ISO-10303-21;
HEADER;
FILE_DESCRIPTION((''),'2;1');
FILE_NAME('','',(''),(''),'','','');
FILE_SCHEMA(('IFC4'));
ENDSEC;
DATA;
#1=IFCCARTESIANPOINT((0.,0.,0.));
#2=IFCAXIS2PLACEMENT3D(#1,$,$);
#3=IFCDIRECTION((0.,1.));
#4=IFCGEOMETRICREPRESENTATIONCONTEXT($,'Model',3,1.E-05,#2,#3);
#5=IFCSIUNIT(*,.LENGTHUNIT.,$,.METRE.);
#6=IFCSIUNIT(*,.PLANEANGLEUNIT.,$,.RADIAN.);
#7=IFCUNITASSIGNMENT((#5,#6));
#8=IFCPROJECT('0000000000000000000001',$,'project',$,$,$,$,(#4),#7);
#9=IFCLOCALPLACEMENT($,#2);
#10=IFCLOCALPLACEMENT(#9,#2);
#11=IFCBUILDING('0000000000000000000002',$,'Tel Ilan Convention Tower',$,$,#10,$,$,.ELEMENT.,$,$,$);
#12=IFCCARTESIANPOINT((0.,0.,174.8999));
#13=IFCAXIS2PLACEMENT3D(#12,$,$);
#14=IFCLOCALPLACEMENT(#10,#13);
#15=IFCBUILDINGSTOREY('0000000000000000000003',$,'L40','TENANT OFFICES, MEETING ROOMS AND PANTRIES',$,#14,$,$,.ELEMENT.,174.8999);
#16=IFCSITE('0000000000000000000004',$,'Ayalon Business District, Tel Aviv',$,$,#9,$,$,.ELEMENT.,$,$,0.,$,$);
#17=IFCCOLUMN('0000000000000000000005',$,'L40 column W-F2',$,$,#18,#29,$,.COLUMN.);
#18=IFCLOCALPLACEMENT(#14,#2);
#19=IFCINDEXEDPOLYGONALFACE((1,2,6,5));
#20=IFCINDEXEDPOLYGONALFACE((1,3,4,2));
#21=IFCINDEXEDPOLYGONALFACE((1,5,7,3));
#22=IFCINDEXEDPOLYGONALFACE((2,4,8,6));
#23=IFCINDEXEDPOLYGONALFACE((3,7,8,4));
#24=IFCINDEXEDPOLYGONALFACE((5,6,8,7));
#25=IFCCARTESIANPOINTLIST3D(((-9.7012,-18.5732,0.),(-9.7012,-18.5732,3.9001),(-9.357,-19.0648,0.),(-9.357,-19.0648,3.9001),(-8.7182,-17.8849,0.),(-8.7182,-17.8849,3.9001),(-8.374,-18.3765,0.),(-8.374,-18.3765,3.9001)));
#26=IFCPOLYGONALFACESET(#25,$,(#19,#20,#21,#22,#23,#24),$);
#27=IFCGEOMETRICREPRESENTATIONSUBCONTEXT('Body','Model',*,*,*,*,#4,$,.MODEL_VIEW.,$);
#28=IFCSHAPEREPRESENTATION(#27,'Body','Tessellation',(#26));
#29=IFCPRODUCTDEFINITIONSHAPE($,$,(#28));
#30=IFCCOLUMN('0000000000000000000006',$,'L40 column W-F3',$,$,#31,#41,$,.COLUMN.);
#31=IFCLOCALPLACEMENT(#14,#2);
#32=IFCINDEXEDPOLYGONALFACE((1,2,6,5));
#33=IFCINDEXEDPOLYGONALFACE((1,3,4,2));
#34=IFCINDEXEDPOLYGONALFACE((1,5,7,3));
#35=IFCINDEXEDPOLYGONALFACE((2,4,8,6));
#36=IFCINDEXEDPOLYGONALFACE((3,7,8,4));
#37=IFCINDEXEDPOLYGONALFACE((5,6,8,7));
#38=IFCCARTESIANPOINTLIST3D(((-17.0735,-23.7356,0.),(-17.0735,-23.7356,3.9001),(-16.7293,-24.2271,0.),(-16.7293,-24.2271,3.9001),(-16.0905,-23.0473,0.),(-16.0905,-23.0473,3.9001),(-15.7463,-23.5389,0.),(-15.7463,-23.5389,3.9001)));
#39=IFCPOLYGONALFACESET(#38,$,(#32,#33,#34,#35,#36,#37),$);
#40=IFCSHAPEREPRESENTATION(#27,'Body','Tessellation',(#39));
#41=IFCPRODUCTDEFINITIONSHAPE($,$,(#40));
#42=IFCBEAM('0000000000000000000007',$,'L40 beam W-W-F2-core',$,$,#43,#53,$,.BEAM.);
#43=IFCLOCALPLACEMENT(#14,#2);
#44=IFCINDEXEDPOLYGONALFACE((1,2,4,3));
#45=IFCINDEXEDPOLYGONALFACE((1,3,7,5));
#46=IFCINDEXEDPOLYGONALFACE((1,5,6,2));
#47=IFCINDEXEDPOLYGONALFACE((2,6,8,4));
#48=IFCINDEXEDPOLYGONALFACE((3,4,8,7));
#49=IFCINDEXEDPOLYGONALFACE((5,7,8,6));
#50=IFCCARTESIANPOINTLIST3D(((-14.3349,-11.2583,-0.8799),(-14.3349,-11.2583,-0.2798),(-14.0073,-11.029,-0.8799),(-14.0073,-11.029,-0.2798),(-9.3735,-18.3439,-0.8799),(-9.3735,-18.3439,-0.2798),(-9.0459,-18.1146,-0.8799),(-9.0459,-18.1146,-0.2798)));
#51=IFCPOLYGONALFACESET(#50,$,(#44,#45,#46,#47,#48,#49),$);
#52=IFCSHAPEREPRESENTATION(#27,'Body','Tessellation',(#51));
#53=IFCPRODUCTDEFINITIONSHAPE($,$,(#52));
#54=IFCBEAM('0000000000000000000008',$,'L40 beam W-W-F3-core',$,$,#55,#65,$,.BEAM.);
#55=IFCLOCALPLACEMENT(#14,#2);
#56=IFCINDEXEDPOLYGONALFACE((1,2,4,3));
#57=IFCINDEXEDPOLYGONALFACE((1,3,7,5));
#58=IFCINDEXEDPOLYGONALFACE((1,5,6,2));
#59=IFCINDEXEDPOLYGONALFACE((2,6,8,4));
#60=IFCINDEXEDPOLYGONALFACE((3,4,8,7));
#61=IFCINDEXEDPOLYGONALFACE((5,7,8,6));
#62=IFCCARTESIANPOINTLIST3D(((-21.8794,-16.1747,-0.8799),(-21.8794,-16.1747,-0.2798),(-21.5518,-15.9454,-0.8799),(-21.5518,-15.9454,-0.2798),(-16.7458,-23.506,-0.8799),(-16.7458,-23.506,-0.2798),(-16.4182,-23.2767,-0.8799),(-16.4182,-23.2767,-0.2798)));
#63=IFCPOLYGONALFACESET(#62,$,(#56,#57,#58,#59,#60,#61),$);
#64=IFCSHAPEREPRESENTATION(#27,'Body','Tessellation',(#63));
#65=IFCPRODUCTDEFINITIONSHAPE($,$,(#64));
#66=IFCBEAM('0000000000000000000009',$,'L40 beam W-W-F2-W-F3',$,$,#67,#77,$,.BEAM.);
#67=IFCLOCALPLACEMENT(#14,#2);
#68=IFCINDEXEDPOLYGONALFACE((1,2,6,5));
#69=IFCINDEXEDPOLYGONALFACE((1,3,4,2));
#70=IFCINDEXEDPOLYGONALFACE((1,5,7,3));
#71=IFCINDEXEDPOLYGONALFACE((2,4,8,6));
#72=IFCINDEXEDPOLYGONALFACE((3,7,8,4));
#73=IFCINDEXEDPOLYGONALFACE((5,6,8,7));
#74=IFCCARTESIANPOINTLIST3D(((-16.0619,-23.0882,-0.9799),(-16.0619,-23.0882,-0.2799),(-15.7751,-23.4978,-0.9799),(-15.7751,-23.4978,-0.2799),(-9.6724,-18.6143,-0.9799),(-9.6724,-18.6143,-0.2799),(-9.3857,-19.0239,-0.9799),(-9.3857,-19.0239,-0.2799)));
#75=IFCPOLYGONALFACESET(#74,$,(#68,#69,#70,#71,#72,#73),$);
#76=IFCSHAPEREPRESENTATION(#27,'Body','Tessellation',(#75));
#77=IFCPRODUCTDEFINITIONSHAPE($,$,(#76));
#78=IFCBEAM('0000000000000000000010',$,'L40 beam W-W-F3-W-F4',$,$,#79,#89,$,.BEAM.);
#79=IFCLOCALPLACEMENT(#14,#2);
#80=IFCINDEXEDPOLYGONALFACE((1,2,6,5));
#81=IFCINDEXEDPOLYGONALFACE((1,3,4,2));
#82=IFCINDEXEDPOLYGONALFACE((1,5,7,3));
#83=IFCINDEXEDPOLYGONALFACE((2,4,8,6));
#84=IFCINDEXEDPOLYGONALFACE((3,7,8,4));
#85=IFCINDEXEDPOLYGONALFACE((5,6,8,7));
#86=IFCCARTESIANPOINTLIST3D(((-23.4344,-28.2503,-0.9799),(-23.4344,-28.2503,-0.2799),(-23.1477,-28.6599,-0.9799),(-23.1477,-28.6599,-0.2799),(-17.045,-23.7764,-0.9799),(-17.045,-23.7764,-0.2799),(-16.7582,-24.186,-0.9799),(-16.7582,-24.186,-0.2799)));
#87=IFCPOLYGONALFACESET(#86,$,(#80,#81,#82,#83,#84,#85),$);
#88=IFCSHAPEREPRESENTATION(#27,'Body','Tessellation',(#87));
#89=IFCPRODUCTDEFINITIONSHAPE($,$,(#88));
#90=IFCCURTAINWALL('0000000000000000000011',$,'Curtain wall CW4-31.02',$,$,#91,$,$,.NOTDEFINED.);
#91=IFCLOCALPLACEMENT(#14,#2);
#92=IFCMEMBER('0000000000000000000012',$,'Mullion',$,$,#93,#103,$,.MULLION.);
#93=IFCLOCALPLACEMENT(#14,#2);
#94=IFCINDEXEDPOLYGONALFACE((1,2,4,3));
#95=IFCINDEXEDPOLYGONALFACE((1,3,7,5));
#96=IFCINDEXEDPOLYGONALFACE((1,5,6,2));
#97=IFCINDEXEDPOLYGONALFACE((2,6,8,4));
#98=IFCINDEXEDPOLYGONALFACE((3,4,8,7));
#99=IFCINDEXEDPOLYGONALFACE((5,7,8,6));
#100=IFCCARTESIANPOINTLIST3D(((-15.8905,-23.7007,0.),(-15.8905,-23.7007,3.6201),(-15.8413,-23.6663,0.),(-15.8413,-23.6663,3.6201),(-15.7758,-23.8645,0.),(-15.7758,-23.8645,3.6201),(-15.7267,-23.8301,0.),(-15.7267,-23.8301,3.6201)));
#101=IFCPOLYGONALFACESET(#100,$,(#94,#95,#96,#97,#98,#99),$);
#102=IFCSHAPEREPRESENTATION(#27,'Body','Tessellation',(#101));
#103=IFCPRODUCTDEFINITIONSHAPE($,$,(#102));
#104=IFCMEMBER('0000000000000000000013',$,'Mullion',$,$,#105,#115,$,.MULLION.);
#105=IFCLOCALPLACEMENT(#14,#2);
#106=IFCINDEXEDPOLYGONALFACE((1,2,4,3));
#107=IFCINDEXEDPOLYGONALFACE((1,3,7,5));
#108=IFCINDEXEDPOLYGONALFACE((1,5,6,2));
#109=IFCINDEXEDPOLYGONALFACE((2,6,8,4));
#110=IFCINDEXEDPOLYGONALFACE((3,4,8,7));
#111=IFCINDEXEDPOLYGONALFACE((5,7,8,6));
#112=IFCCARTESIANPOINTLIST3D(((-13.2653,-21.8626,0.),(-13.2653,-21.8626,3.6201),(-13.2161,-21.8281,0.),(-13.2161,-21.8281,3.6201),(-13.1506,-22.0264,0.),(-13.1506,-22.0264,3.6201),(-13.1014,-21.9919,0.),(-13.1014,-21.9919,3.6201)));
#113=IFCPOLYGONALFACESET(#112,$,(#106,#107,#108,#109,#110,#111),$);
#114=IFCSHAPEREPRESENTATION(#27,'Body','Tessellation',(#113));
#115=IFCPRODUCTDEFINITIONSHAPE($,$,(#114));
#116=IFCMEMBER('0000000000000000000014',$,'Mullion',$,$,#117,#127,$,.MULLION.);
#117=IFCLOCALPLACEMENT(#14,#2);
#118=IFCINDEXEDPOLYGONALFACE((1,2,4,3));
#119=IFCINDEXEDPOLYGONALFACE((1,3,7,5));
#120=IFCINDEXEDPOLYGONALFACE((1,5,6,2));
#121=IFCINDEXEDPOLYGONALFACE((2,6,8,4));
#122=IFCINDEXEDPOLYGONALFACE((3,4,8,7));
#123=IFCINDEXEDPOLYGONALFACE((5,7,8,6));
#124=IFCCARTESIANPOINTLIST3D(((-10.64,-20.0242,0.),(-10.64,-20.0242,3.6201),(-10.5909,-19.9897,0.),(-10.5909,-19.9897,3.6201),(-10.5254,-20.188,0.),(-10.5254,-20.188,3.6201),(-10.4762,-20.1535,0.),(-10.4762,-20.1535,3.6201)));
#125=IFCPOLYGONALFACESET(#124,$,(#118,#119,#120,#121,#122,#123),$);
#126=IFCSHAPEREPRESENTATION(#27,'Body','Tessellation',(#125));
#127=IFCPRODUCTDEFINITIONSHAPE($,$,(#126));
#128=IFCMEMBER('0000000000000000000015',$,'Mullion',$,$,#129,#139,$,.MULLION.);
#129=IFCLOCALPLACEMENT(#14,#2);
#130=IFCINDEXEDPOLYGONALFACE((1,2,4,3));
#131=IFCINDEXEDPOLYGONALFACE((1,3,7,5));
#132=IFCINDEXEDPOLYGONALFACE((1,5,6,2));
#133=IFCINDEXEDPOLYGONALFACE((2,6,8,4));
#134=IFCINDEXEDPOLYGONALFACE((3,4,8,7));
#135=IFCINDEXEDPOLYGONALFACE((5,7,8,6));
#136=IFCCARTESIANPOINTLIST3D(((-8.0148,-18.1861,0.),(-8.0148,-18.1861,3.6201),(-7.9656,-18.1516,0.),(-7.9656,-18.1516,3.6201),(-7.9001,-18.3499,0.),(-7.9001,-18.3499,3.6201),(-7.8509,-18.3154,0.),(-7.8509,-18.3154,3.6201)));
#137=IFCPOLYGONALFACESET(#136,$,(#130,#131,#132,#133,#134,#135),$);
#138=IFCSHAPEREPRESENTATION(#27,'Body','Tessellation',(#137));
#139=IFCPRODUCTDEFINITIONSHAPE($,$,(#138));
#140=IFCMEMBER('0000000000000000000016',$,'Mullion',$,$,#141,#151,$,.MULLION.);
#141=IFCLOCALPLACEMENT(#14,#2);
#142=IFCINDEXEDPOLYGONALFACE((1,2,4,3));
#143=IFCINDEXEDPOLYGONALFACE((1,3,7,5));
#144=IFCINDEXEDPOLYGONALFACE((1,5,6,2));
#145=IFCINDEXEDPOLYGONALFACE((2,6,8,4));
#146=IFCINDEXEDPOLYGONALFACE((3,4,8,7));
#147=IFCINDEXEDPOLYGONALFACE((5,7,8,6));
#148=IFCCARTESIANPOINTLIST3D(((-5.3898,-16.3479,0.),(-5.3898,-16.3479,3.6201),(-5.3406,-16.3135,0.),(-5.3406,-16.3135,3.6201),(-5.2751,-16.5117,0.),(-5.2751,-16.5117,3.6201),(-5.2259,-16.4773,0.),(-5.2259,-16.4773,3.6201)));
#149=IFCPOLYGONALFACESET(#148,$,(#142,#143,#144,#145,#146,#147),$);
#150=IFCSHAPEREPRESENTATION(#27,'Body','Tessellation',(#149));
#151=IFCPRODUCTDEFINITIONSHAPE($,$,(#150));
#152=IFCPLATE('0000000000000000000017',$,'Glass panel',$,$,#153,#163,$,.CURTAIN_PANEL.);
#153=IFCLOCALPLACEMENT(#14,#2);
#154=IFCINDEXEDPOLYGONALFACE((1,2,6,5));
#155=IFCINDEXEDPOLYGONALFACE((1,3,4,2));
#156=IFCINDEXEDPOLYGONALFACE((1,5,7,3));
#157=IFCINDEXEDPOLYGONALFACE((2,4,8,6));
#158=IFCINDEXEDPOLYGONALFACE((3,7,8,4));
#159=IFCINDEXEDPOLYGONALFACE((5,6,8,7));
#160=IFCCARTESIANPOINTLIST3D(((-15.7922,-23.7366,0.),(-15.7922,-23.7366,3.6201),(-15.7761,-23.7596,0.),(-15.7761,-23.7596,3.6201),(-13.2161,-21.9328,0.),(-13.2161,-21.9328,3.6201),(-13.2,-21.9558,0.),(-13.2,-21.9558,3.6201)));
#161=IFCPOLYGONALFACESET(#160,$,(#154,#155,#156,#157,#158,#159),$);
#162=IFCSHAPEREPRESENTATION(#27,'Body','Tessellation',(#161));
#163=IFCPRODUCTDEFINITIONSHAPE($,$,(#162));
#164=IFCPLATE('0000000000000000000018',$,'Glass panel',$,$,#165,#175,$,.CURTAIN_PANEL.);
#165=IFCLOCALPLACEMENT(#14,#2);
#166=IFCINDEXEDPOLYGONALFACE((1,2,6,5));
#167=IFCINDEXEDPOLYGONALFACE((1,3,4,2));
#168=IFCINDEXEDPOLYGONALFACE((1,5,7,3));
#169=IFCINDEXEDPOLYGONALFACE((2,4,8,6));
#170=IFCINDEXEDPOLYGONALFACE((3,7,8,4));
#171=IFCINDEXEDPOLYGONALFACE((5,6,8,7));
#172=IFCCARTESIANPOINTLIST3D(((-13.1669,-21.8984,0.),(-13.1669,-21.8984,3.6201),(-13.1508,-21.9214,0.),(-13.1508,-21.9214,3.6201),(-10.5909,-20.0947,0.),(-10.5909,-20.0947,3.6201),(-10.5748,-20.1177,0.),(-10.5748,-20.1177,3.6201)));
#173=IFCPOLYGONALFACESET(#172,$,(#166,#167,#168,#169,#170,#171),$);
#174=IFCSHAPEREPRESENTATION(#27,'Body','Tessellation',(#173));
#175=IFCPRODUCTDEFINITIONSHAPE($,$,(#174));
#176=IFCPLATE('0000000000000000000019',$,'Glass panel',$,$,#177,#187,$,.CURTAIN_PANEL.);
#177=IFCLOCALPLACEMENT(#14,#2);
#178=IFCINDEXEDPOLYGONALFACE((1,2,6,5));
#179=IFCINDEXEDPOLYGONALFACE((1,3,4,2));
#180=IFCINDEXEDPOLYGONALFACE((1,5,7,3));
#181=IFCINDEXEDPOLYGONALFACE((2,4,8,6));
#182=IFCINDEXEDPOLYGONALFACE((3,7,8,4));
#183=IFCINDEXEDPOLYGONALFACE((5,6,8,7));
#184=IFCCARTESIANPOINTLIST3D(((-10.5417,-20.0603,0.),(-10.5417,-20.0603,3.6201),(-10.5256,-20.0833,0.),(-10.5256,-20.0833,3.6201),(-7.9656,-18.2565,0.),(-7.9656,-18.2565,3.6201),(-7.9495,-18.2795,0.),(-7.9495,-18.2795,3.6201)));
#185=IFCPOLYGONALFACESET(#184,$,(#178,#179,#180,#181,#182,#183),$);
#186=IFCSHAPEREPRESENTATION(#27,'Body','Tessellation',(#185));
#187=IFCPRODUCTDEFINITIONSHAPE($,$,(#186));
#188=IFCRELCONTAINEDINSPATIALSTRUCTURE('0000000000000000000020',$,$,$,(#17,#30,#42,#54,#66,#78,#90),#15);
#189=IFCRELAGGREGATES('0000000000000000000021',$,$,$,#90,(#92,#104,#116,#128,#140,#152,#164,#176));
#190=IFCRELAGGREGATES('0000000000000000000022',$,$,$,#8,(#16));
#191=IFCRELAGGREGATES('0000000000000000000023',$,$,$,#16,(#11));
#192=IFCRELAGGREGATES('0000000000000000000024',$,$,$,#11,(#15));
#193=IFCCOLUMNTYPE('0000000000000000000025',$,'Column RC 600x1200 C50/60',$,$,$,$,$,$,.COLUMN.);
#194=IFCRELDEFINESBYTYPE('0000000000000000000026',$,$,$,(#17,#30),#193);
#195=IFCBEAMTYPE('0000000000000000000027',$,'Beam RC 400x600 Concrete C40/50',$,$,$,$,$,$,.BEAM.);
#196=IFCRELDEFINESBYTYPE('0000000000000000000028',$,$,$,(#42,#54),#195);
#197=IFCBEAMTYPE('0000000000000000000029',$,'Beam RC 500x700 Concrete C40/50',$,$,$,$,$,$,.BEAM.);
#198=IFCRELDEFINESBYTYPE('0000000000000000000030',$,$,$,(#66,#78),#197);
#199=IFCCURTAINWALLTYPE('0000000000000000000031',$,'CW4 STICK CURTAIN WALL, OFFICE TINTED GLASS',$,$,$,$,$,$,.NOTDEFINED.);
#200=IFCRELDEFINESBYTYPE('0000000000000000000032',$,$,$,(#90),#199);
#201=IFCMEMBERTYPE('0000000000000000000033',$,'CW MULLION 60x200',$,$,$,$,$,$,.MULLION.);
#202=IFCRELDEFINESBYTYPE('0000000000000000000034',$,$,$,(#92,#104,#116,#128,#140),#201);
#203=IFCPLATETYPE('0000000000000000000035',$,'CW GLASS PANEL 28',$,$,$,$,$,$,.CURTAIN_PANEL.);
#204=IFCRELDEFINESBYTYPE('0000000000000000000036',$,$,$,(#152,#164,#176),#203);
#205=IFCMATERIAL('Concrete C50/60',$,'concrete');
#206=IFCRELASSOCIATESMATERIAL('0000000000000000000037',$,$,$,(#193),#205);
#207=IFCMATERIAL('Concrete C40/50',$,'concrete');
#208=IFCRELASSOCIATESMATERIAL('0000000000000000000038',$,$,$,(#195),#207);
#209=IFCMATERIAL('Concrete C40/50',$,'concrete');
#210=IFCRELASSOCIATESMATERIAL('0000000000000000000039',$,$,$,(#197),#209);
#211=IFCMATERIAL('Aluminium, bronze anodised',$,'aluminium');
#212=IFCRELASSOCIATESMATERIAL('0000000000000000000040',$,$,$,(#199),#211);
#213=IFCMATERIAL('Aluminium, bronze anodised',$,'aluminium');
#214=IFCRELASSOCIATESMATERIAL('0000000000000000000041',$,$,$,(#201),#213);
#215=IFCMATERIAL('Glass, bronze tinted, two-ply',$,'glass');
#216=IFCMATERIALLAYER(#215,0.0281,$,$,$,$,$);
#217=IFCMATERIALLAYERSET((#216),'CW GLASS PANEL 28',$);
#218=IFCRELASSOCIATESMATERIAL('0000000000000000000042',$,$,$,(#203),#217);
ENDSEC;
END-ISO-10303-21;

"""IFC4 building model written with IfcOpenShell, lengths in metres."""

from ifc_helpers import new_model, si_unit, direction, frame, origin, origin_2d, place, context, subcontext, project, spatial, rectangle, extrude, material, layer, layer_set, material_profile, profile_set, type_object, element, aggregate, save


model = new_model("IFC4")

# Units and contexts
model_context = context("Model", 3, precision=1e-05, world=origin(), true_north=direction((0.0, 1.0)))
body_context = subcontext(model_context, "Body", "Model", "MODEL_VIEW")
ifc_project = project(units=[si_unit("LENGTHUNIT", "METRE"), si_unit("PLANEANGLEUNIT", "RADIAN")], contexts=[model_context])

# Site, building, storey
site_placement = place(None, origin())
site = spatial("IfcSite", under=ifc_project, at=site_placement, Name="Ayalon Business District, Tel Aviv", CompositionType="ELEMENT", RefElevation=0.0)
building_placement = place(site_placement, origin())
building = spatial("IfcBuilding", under=site, at=building_placement, Name="Tel Ilan Convention Tower", CompositionType="ELEMENT")
storey_placement = place(building_placement, frame((0.0, 0.0, 174.8999)))
storey = spatial("IfcBuildingStorey", under=building, at=storey_placement, Name="L40", Description="TENANT OFFICES, MEETING ROOMS AND PANTRIES", CompositionType="ELEMENT", Elevation=174.8999)

# Columns
ifc_material_1 = material(Name="Concrete C50/60", Category="concrete")
ifc_material_profile_1 = material_profile(ifc_material_1, rectangle(XDim=1.2, YDim=0.6001, at=origin_2d()), Name="RC 600x1200")
ifc_profile_set_1 = profile_set([ifc_material_profile_1], Name="Concrete C50/60")
column_type = type_object("IfcColumnType", Name="Column RC 600x1200 C50/60", PredefinedType="COLUMN", material=ifc_profile_set_1)
for number, where, z_axis, x_axis, name in (
    (1, (-9.0376, -18.4749, 0.0), (0.0, 0.0, 1.0), (-0.819152, -0.573576, 0.0), "L40 column W-F2"),
    (2, (-16.4099, -23.6372, 0.0), (0.0, 0.0, 1.0), (-0.819152, -0.573576, 0.0), "L40 column W-F3"),
):
    element("IfcColumn", number, at=place(storey_placement, frame(where, z_axis=z_axis, x_axis=x_axis)), inside=storey, type_object=column_type, Name=name, PredefinedType="COLUMN", context=body_context, shape_type="SweptSolid", body=[
        extrude(rectangle(XDim=1.2, YDim=0.6001, at=origin_2d()), origin(), (0.0, 0.0, 1.0), 3.9001),
    ])

# Beams
ifc_material_2 = material(Name="Concrete C40/50", Category="concrete")
ifc_material_profile_2 = material_profile(ifc_material_2, rectangle(XDim=0.3999, YDim=0.6001, at=origin_2d()), Name="RC 400x600")
ifc_profile_set_2 = profile_set([ifc_material_profile_2], Name="Concrete C40/50")
beam_type_1 = type_object("IfcBeamType", Name="Beam RC 400x600 Concrete C40/50", PredefinedType="BEAM", material=ifc_profile_set_2)
beam_1_placement = place(storey_placement, frame((-9.2097, -18.2292, -0.5798), z_axis=(-0.573574, 0.819154, 0.0), x_axis=(-0.819154, -0.573574, 0.0)))
element("IfcBeam", 3, at=beam_1_placement, inside=storey, type_object=beam_type_1, Name="L40 beam W-W-F2-core", PredefinedType="BEAM", context=body_context, shape_type="SweptSolid", body=[
    extrude(rectangle(XDim=0.3999, YDim=0.6001, at=origin_2d()), origin(), (0.0, 0.0, 1.0), 8.6499),
])
beam_2_placement = place(storey_placement, frame((-16.582, -23.3914, -0.5798), z_axis=(-0.573585, 0.819146, 0.0), x_axis=(-0.819146, -0.573585, 0.0)))
element("IfcBeam", 4, at=beam_2_placement, inside=storey, type_object=beam_type_1, Name="L40 beam W-W-F3-core", PredefinedType="BEAM", context=body_context, shape_type="SweptSolid", body=[
    extrude(rectangle(XDim=0.3999, YDim=0.6001, at=origin_2d()), origin(), (0.0, 0.0, 1.0), 8.95),
])
ifc_material_3 = material(Name="Concrete C40/50", Category="concrete")
ifc_material_profile_3 = material_profile(ifc_material_3, rectangle(XDim=0.5, YDim=0.7, at=origin_2d()), Name="RC 500x700")
ifc_profile_set_3 = profile_set([ifc_material_profile_3], Name="Concrete C40/50")
beam_type_2 = type_object("IfcBeamType", Name="Beam RC 500x700 Concrete C40/50", PredefinedType="BEAM", material=ifc_profile_set_3)
for number, where, z_axis, x_axis, name in (
    (5, (-9.5291, -18.8191, -0.6299), (-0.819154, -0.573574, 0.0), (0.573574, -0.819154, 0.0), "L40 beam W-W-F2-W-F3"),
    (6, (-16.9016, -23.9812, -0.6299), (-0.819154, -0.573574, 0.0), (0.573574, -0.819154, 0.0), "L40 beam W-W-F3-W-F4"),
):
    element("IfcBeam", number, at=place(storey_placement, frame(where, z_axis=z_axis, x_axis=x_axis)), inside=storey, type_object=beam_type_2, Name=name, PredefinedType="BEAM", context=body_context, shape_type="SweptSolid", body=[
        extrude(rectangle(XDim=0.5, YDim=0.7, at=origin_2d()), origin(), (0.0, 0.0, 1.0), 7.8),
    ])

# Curtain wall, members, plates
ifc_material_4 = material(Name="Aluminium, bronze anodised", Category="aluminium")
curtain_wall_type = type_object("IfcCurtainWallType", Name="CW4 STICK CURTAIN WALL, OFFICE TINTED GLASS", PredefinedType="NOTDEFINED", material=ifc_material_4)
curtain_wall_placement = place(storey_placement, origin())
curtain_wall = element("IfcCurtainWall", 7, at=curtain_wall_placement, inside=storey, type_object=curtain_wall_type, Name="Curtain wall CW4-31.02", PredefinedType="NOTDEFINED")
ifc_material_5 = material(Name="Aluminium, bronze anodised", Category="aluminium")
ifc_material_profile_4 = material_profile(ifc_material_5, rectangle(XDim=0.0601, YDim=0.2, at=origin_2d()), Name="CW MULLION 60x200")
ifc_profile_set_4 = profile_set([ifc_material_profile_4], Name="Aluminium, bronze anodised")
member_type = type_object("IfcMemberType", Name="CW MULLION 60x200", PredefinedType="MULLION", material=ifc_profile_set_4)
member_1_placement = place(storey_placement, frame((-15.8086, -23.7654, 0.0), z_axis=(0.0, 0.0, 1.0), x_axis=(0.819152, 0.573576, 0.0)))
member_1 = element("IfcMember", 8, at=member_1_placement, type_object=member_type, Name="Mullion", PredefinedType="MULLION", context=body_context, shape_type="SweptSolid", body=[
    extrude(rectangle(XDim=0.0601, YDim=0.2, at=origin_2d()), origin(), (0.0, 0.0, 1.0), 3.6201),
])
member_2_placement = place(storey_placement, frame((-13.1833, -21.9272, 0.0), z_axis=(0.0, 0.0, 1.0), x_axis=(0.819152, 0.573576, 0.0)))
member_2 = element("IfcMember", 9, at=member_2_placement, type_object=member_type, Name="Mullion", PredefinedType="MULLION", context=body_context, shape_type="SweptSolid", body=[
    extrude(rectangle(XDim=0.0601, YDim=0.2, at=origin_2d()), origin(), (0.0, 0.0, 1.0), 3.6201),
])
member_3_placement = place(storey_placement, frame((-10.5581, -20.0889, 0.0), z_axis=(0.0, 0.0, 1.0), x_axis=(0.819152, 0.573576, 0.0)))
member_3 = element("IfcMember", 10, at=member_3_placement, type_object=member_type, Name="Mullion", PredefinedType="MULLION", context=body_context, shape_type="SweptSolid", body=[
    extrude(rectangle(XDim=0.0601, YDim=0.2, at=origin_2d()), origin(), (0.0, 0.0, 1.0), 3.6201),
])
member_4_placement = place(storey_placement, frame((-7.9329, -18.2507, 0.0), z_axis=(0.0, 0.0, 1.0), x_axis=(0.819152, 0.573576, 0.0)))
member_4 = element("IfcMember", 11, at=member_4_placement, type_object=member_type, Name="Mullion", PredefinedType="MULLION", context=body_context, shape_type="SweptSolid", body=[
    extrude(rectangle(XDim=0.0601, YDim=0.2, at=origin_2d()), origin(), (0.0, 0.0, 1.0), 3.6201),
])
member_5_placement = place(storey_placement, frame((-5.3079, -16.4126, 0.0), z_axis=(0.0, 0.0, 1.0), x_axis=(0.819152, 0.573576, 0.0)))
member_5 = element("IfcMember", 12, at=member_5_placement, type_object=member_type, Name="Mullion", PredefinedType="MULLION", context=body_context, shape_type="SweptSolid", body=[
    extrude(rectangle(XDim=0.0601, YDim=0.2, at=origin_2d()), origin(), (0.0, 0.0, 1.0), 3.6201),
])
ifc_material_6 = material(Name="Glass, bronze tinted, two-ply", Category="glass")
ifc_layer_1 = layer(ifc_material_6, 0.0281)
ifc_layer_set_1 = layer_set([ifc_layer_1], Name="CW GLASS PANEL 28")
plate_type = type_object("IfcPlateType", Name="CW GLASS PANEL 28", PredefinedType="CURTAIN_PANEL", material=ifc_layer_set_1)
plate_1_placement = place(storey_placement, frame((-14.4961, -22.8462, 0.0), z_axis=(0.0, 0.0, 1.0), x_axis=(0.819152, 0.573576, 0.0)))
plate_1 = element("IfcPlate", 13, at=plate_1_placement, type_object=plate_type, Name="Glass panel", PredefinedType="CURTAIN_PANEL", context=body_context, shape_type="SweptSolid", body=[
    extrude(rectangle(XDim=3.1448, YDim=0.0281, at=origin_2d()), origin(), (0.0, 0.0, 1.0), 3.6201),
])
plate_2_placement = place(storey_placement, frame((-11.8708, -21.0081, 0.0), z_axis=(0.0, 0.0, 1.0), x_axis=(0.819152, 0.573576, 0.0)))
plate_2 = element("IfcPlate", 14, at=plate_2_placement, type_object=plate_type, Name="Glass panel", PredefinedType="CURTAIN_PANEL", context=body_context, shape_type="SweptSolid", body=[
    extrude(rectangle(XDim=3.1448, YDim=0.0281, at=origin_2d()), origin(), (0.0, 0.0, 1.0), 3.6201),
])
plate_3_placement = place(storey_placement, frame((-9.2456, -19.1699, 0.0), z_axis=(0.0, 0.0, 1.0), x_axis=(0.819152, 0.573576, 0.0)))
plate_3 = element("IfcPlate", 15, at=plate_3_placement, type_object=plate_type, Name="Glass panel", PredefinedType="CURTAIN_PANEL", context=body_context, shape_type="SweptSolid", body=[
    extrude(rectangle(XDim=3.1448, YDim=0.0281, at=origin_2d()), origin(), (0.0, 0.0, 1.0), 3.6201),
])
aggregate(curtain_wall, [member_1, member_2, member_3, member_4, member_5, plate_1, plate_2, plate_3])

save(model, "model.ifc")
